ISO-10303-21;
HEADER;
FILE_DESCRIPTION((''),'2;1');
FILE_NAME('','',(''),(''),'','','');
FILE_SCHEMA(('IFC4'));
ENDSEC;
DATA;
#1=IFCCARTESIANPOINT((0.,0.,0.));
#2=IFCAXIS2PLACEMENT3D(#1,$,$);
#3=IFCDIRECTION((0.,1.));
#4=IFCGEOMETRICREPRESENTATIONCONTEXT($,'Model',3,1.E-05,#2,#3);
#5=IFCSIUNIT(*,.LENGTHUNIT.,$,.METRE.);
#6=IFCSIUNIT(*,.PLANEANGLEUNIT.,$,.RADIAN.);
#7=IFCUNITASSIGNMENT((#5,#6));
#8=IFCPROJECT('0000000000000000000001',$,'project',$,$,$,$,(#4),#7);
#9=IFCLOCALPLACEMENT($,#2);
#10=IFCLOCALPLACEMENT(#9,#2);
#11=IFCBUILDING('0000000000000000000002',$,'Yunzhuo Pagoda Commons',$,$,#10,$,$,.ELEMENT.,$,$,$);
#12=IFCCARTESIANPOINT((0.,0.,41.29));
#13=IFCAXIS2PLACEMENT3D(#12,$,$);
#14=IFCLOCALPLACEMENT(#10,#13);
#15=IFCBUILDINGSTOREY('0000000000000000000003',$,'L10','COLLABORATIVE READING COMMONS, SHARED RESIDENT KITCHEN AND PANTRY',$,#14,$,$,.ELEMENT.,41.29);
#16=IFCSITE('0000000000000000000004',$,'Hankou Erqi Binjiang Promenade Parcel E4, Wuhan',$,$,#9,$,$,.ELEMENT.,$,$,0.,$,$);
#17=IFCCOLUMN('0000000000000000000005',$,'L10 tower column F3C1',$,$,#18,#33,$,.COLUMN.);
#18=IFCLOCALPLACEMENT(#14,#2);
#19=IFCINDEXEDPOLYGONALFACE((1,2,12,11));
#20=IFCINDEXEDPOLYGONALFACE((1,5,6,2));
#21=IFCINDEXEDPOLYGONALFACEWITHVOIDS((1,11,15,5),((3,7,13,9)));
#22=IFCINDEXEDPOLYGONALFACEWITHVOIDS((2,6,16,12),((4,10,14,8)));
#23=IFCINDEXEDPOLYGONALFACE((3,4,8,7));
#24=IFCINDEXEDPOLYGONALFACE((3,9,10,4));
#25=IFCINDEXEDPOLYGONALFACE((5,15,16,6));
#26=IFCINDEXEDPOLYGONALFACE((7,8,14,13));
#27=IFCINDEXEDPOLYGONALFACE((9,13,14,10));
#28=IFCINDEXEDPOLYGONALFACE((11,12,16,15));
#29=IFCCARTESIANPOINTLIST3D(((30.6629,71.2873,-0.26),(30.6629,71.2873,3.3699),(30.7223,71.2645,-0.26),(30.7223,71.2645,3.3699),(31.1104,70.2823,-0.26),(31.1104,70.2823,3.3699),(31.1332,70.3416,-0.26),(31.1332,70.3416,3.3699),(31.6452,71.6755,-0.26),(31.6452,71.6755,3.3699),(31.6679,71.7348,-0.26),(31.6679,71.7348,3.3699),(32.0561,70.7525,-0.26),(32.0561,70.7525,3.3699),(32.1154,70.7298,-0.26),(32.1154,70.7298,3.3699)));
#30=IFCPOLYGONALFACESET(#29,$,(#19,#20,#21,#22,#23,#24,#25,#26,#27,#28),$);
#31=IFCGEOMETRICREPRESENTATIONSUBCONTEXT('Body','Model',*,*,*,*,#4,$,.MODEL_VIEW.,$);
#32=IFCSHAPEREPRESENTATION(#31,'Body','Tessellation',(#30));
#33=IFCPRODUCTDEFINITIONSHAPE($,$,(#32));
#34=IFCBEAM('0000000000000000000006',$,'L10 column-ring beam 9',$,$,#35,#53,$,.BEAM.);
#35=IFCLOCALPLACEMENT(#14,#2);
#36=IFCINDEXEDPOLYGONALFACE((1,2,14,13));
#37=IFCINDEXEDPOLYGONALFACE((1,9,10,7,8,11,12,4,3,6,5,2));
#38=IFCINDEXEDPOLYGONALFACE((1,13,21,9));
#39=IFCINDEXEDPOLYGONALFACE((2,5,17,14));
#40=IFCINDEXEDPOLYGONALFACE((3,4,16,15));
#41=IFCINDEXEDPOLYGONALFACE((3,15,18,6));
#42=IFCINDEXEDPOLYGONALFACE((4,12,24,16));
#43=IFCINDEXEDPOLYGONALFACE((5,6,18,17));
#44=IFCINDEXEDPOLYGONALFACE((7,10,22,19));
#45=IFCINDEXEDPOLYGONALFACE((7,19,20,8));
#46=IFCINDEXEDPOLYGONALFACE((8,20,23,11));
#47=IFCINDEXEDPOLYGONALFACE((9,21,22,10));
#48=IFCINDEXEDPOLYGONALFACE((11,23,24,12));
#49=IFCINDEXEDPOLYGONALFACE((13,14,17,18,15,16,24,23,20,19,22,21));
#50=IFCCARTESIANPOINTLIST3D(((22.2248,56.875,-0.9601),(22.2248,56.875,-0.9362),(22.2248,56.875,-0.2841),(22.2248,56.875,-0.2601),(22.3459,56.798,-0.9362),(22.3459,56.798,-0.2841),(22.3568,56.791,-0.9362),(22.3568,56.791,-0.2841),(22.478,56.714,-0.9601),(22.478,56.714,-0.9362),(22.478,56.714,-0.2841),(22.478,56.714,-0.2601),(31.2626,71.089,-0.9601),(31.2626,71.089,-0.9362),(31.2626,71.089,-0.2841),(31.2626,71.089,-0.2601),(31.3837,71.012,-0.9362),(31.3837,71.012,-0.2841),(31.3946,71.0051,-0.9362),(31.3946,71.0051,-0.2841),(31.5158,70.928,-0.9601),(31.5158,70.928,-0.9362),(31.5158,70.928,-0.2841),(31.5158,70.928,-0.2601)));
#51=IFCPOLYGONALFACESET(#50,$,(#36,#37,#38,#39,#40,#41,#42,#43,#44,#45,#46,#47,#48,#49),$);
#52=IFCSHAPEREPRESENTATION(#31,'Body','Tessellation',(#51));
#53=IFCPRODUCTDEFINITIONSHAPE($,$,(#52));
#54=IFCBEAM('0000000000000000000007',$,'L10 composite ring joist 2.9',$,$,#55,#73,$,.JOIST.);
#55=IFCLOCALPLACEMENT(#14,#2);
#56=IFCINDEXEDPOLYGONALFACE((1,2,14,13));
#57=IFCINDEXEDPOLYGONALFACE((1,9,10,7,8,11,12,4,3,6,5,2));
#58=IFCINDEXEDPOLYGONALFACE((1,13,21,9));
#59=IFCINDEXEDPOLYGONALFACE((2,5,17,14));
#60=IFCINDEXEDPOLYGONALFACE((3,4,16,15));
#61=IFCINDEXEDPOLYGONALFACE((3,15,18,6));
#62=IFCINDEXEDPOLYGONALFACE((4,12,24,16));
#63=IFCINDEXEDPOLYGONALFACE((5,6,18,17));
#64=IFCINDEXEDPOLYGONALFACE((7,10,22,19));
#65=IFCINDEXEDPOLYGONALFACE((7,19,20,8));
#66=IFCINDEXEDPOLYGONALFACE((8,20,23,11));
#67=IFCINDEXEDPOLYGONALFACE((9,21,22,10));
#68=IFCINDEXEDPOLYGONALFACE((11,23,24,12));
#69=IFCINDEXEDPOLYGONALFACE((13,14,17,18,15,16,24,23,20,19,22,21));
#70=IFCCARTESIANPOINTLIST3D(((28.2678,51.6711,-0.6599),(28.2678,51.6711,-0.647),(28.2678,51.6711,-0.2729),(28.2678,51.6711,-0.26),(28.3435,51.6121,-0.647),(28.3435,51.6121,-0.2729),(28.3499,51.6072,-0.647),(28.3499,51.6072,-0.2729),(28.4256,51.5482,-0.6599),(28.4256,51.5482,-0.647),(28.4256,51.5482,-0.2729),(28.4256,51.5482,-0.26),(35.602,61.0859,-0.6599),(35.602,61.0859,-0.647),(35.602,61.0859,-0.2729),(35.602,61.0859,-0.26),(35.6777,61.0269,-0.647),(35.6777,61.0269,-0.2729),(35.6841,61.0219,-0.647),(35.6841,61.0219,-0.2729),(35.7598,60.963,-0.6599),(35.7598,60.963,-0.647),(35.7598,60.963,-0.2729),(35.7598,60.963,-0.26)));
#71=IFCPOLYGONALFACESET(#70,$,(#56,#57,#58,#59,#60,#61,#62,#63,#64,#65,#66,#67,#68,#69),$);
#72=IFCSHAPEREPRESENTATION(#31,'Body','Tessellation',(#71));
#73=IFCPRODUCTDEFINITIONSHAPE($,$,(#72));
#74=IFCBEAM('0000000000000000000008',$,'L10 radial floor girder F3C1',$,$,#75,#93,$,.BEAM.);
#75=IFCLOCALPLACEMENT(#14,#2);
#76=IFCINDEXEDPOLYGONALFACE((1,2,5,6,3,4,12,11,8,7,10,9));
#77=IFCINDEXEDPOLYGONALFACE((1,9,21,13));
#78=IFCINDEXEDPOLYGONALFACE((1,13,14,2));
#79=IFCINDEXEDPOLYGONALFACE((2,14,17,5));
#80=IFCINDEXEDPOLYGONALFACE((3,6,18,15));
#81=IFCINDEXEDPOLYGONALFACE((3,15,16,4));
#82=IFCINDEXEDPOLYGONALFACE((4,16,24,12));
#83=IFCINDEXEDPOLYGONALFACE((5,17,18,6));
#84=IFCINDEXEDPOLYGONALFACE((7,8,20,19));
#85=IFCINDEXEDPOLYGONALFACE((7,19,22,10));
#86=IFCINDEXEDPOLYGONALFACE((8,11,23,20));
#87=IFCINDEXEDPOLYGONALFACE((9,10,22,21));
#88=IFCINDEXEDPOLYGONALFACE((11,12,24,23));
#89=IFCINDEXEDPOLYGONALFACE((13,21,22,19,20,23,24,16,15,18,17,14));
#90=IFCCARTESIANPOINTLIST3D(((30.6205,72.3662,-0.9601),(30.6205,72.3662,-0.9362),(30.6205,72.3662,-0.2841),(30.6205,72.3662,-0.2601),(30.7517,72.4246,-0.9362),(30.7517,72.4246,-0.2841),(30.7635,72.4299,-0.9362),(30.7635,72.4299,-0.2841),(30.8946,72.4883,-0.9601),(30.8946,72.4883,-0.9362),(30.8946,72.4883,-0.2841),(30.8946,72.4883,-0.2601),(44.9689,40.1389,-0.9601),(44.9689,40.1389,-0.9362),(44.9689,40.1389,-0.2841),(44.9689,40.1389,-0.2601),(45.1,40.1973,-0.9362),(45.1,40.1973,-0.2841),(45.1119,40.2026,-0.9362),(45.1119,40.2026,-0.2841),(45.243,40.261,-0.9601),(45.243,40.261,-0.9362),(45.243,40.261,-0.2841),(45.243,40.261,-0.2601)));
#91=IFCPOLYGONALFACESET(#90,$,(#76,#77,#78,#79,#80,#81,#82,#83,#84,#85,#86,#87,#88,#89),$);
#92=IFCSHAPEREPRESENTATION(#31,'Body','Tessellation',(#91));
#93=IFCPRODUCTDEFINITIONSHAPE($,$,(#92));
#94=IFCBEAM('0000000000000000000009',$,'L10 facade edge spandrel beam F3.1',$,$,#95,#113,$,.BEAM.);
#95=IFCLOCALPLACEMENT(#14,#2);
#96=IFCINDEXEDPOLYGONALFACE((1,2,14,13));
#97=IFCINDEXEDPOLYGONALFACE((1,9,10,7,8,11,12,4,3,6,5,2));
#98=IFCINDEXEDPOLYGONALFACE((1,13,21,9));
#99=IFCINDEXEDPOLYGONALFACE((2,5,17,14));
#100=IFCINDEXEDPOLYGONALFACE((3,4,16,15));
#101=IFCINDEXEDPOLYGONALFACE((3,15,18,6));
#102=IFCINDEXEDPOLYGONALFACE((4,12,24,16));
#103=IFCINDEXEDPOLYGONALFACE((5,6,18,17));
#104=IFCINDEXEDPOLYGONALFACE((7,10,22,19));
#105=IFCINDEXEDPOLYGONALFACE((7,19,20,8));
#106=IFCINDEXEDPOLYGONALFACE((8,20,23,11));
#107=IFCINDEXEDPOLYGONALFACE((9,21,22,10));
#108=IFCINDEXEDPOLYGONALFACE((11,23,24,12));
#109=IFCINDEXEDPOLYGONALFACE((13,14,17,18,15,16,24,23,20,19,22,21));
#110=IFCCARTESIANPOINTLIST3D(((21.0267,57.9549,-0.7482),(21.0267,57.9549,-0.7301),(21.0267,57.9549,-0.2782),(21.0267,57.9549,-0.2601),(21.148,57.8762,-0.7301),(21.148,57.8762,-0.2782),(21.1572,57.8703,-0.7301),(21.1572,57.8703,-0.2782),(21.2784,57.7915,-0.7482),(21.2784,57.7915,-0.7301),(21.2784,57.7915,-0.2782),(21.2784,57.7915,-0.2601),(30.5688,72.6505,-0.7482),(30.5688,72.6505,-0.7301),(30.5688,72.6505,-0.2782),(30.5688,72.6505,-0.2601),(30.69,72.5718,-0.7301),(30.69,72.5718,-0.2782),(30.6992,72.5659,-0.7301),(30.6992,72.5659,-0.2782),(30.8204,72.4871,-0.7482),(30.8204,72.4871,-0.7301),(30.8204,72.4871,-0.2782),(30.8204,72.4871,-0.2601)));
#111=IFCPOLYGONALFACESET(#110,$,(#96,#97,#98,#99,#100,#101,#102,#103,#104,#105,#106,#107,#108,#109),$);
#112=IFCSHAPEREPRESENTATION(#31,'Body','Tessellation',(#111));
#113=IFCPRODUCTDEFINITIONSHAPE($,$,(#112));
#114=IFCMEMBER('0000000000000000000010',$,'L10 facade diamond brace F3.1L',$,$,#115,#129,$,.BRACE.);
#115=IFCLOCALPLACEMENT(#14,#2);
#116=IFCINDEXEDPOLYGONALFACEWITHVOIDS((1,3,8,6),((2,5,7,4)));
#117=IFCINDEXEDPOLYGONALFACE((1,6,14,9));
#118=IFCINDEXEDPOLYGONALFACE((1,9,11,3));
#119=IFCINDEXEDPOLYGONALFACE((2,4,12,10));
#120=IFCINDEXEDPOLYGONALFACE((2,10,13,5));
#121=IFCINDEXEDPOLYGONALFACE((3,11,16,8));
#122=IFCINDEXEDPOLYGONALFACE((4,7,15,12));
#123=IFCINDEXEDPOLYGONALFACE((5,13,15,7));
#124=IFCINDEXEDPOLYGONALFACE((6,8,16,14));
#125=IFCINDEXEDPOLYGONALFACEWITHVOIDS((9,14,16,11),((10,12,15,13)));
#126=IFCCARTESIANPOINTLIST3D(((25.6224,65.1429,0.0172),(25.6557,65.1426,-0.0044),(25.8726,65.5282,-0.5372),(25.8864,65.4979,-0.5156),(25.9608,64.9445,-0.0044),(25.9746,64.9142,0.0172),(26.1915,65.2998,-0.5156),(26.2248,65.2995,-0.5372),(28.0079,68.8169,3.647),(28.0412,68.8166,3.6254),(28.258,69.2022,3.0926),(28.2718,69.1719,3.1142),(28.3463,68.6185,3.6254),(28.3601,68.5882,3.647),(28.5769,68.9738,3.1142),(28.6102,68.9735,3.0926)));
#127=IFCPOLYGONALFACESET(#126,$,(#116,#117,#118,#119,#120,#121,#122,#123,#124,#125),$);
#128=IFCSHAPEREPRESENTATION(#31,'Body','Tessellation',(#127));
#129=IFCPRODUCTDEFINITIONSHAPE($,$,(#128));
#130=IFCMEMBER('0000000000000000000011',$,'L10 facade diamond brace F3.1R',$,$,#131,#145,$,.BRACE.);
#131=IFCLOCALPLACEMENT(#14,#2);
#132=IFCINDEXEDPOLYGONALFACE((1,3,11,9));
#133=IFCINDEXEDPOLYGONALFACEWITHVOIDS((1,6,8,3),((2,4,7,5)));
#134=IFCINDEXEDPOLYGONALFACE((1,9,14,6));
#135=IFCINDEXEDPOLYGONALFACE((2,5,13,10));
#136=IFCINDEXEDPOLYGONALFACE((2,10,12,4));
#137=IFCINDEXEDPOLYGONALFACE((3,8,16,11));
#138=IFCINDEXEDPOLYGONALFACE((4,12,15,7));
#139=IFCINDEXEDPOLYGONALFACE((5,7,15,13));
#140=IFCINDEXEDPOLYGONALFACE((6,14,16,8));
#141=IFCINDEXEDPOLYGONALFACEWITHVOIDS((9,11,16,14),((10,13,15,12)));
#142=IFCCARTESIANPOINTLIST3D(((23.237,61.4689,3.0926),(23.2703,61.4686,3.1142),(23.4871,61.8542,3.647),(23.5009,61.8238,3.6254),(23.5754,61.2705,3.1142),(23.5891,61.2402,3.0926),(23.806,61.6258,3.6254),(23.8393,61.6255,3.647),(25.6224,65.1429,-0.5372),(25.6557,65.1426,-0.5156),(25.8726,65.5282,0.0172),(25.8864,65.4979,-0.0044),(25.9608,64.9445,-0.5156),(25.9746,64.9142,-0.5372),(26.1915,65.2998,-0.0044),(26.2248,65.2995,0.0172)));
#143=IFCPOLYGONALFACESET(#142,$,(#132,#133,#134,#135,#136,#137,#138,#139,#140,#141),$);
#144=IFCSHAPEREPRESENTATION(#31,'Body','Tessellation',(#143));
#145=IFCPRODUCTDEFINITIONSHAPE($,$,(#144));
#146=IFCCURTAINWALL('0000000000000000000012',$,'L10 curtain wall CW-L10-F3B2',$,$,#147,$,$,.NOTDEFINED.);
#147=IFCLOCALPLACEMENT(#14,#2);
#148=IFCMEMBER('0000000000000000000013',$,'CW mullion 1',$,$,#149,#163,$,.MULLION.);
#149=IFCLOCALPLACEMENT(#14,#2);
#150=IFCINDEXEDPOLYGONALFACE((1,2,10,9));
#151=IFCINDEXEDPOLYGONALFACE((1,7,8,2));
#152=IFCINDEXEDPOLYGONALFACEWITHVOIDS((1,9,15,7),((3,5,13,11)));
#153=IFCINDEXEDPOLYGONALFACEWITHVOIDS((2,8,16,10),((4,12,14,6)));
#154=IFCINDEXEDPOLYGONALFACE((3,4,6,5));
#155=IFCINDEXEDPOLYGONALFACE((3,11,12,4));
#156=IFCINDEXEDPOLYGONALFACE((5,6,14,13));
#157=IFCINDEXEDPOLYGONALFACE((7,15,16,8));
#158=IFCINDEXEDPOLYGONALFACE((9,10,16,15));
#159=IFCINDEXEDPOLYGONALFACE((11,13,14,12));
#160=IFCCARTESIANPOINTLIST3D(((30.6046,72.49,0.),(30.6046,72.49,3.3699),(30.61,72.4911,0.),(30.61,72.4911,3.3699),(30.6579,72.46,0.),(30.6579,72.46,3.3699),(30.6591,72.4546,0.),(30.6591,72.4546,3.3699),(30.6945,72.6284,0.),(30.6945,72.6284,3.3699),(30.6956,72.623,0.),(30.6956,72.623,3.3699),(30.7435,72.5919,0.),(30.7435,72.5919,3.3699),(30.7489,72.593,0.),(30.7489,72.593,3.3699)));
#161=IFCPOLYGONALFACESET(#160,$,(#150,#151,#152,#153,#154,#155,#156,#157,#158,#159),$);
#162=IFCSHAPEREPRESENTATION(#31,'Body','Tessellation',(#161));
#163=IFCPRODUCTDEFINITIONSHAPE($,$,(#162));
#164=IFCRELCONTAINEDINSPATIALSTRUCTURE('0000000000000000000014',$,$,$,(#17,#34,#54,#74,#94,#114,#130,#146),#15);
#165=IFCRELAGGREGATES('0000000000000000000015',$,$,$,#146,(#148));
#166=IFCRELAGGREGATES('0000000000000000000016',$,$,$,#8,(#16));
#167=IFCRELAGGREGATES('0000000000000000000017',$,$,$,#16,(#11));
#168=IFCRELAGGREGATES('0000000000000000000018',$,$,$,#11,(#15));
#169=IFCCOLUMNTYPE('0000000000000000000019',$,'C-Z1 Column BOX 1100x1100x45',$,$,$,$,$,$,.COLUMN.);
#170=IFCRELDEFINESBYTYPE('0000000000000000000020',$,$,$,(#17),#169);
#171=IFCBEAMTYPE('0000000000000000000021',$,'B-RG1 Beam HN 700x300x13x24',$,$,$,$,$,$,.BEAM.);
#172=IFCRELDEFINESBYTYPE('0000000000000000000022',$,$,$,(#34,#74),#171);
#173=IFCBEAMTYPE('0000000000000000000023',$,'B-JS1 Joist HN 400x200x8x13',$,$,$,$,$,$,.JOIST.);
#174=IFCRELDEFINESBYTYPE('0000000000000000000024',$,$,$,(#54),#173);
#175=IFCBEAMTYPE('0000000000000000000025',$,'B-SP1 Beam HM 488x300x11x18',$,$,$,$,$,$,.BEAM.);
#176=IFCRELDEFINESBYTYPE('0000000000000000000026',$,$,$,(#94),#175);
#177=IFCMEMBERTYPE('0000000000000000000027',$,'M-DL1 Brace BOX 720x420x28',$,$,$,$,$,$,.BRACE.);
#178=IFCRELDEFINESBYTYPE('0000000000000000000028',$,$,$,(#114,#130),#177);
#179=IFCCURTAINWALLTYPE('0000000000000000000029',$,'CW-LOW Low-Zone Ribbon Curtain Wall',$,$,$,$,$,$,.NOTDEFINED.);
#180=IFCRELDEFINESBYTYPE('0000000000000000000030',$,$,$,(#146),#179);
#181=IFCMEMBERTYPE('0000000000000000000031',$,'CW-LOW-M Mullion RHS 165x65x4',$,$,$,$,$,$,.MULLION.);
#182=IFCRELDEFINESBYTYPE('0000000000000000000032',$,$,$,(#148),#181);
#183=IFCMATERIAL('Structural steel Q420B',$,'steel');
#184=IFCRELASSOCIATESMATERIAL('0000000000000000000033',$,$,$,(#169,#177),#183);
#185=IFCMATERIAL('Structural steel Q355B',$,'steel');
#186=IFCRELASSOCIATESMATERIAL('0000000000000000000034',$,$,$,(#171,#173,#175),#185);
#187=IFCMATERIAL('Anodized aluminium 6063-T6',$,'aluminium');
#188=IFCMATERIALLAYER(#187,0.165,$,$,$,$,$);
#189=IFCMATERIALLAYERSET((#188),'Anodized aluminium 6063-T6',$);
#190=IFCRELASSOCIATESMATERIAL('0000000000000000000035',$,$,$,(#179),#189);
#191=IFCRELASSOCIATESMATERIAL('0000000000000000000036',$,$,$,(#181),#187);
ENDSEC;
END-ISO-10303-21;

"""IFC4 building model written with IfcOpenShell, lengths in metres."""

from ifc_helpers import new_model, si_unit, direction, frame, origin, origin_2d, place, context, subcontext, project, spatial, hollow_rectangle, i_section, extrude, source, transform, mapped, material, layer, layer_set, material_profile, profile_set, type_object, element, aggregate, save


model = new_model("IFC4")

# Units and contexts
model_context = context("Model", 3, precision=1e-05, world=origin(), true_north=direction((0.0, 1.0)))
body_context = subcontext(model_context, "Body", "Model", "MODEL_VIEW")
ifc_project = project(units=[si_unit("LENGTHUNIT", "METRE"), si_unit("PLANEANGLEUNIT", "RADIAN")], contexts=[model_context])

# Site, building, storey
site_placement = place(None, origin())
site = spatial("IfcSite", under=ifc_project, at=site_placement, Name="Hankou Erqi Binjiang Promenade Parcel E4, Wuhan", CompositionType="ELEMENT", RefElevation=0.0)
building_placement = place(site_placement, origin())
building = spatial("IfcBuilding", under=site, at=building_placement, Name="Yunzhuo Pagoda Commons", CompositionType="ELEMENT")
storey_placement = place(building_placement, frame((0.0, 0.0, 41.29)))
storey = spatial("IfcBuildingStorey", under=building, at=storey_placement, Name="L10", Description="COLLABORATIVE READING COMMONS, SHARED RESIDENT KITCHEN AND PANTRY", CompositionType="ELEMENT", Elevation=41.29)

# Column
ifc_material_1 = material(Name="Structural steel Q420B", Category="steel")
ifc_material_profile_1 = material_profile(ifc_material_1, hollow_rectangle(XDim=1.1001, YDim=1.1001, WallThickness=0.0449, at=origin_2d()), Name="Structural steel Q420B")
ifc_profile_set_1 = profile_set([ifc_material_profile_1], Name="Structural steel Q420B")
column_type = type_object("IfcColumnType", Name="C-Z1 Column BOX 1100x1100x45", PredefinedType="COLUMN", material=ifc_profile_set_1)
shared_shape_1 = source(origin(), body_context, "Body", "SweptSolid", [
    extrude(hollow_rectangle(XDim=1.1001, YDim=1.1001, WallThickness=0.0449, at=origin_2d()), origin(), (0.0, 0.0, 1.0), 3.6299),
])
column_placement = place(storey_placement, frame((31.3892, 71.0085, -0.26), z_axis=(0.0, 0.0, 1.0), x_axis=(-0.913545, -0.406737, 0.0)))
element("IfcColumn", 1, at=column_placement, inside=storey, type_object=column_type, Name="L10 tower column F3C1", PredefinedType="COLUMN", context=body_context, shape_type="MappedRepresentation", body=[
    mapped(shared_shape_1, transform((0.0, 0.0, 0.0), scale=1.0)),
])

# Beams
ifc_material_2 = material(Name="Structural steel Q355B", Category="steel")
ifc_material_profile_2 = material_profile(ifc_material_2, i_section(OverallWidth=0.3, OverallDepth=0.7, WebThickness=0.0129, FlangeThickness=0.0239, at=origin_2d()), Name="Structural steel Q355B")
ifc_profile_set_2 = profile_set([ifc_material_profile_2], Name="Structural steel Q355B")
beam_type_1 = type_object("IfcBeamType", Name="B-RG1 Beam HN 700x300x13x24", PredefinedType="BEAM", material=ifc_profile_set_2)
shared_shape_2 = source(origin(), body_context, "Body", "SweptSolid", [
    extrude(i_section(OverallWidth=0.3, OverallDepth=0.7, WebThickness=0.0129, FlangeThickness=0.0239, at=origin_2d()), origin(), (0.0, 0.0, 1.0), 16.844),
])
beam_1_placement = place(storey_placement, frame((31.3892, 71.0085, -0.6101), z_axis=(-0.536558, -0.843863, 0.0), x_axis=(0.843863, -0.536558, 0.0)))
element("IfcBeam", 2, at=beam_1_placement, inside=storey, type_object=beam_type_1, Name="L10 column-ring beam 9", PredefinedType="BEAM", context=body_context, shape_type="MappedRepresentation", body=[
    mapped(shared_shape_2, transform((0.0, 0.0, 0.0), scale=1.0)),
])
ifc_material_profile_3 = material_profile(ifc_material_2, i_section(OverallWidth=0.2, OverallDepth=0.3999, WebThickness=0.0081, FlangeThickness=0.0129, at=origin_2d()), Name="Structural steel Q355B")
ifc_profile_set_3 = profile_set([ifc_material_profile_3], Name="Structural steel Q355B")
beam_type_2 = type_object("IfcBeamType", Name="B-JS1 Joist HN 400x200x8x13", PredefinedType="JOIST", material=ifc_profile_set_3)
shared_shape_3 = source(origin(), body_context, "Body", "SweptSolid", [
    extrude(i_section(OverallWidth=0.2, OverallDepth=0.3999, WebThickness=0.0081, FlangeThickness=0.0129, at=origin_2d()), origin(), (0.0, 0.0, 1.0), 11.9343),
])
beam_2_placement = place(storey_placement, frame((35.6809, 61.0244, -0.46), z_axis=(-0.614547, -0.788881, 0.0), x_axis=(0.788881, -0.614547, 0.0)))
element("IfcBeam", 3, at=beam_2_placement, inside=storey, type_object=beam_type_2, Name="L10 composite ring joist 2.9", PredefinedType="JOIST", context=body_context, shape_type="MappedRepresentation", body=[
    mapped(shared_shape_3, transform((0.0, 0.0, 0.0), scale=1.0)),
])
shared_shape_4 = source(origin(), body_context, "Body", "SweptSolid", [
    extrude(i_section(OverallWidth=0.3, OverallDepth=0.7, WebThickness=0.0129, FlangeThickness=0.0239, at=origin_2d()), origin(), (0.0, 0.0, 1.0), 35.2771),
])
beam_3_placement = place(storey_placement, frame((30.7576, 72.4272, -0.6101), z_axis=(0.406734, -0.913547, 0.0), x_axis=(0.913547, 0.406734, 0.0)))
element("IfcBeam", 4, at=beam_3_placement, inside=storey, type_object=beam_type_1, Name="L10 radial floor girder F3C1", PredefinedType="BEAM", context=body_context, shape_type="MappedRepresentation", body=[
    mapped(shared_shape_4, transform((0.0, 0.0, 0.0), scale=1.0)),
])
ifc_material_profile_4 = material_profile(ifc_material_2, i_section(OverallWidth=0.3, OverallDepth=0.488, WebThickness=0.011, FlangeThickness=0.0181, at=origin_2d()), Name="Structural steel Q355B")
ifc_profile_set_4 = profile_set([ifc_material_profile_4], Name="Structural steel Q355B")
beam_type_3 = type_object("IfcBeamType", Name="B-SP1 Beam HM 488x300x11x18", PredefinedType="BEAM", material=ifc_profile_set_4)
shared_shape_5 = source(origin(), body_context, "Body", "SweptSolid", [
    extrude(i_section(OverallWidth=0.3, OverallDepth=0.488, WebThickness=0.011, FlangeThickness=0.0181, at=origin_2d()), origin(), (0.0, 0.0, 1.0), 17.5217),
])
beam_4_placement = place(storey_placement, frame((30.6946, 72.5688, -0.5042), z_axis=(-0.544582, -0.838707, 0.0), x_axis=(0.838707, -0.544582, 0.0)))
element("IfcBeam", 5, at=beam_4_placement, inside=storey, type_object=beam_type_3, Name="L10 facade edge spandrel beam F3.1", PredefinedType="BEAM", context=body_context, shape_type="MappedRepresentation", body=[
    mapped(shared_shape_5, transform((0.0, 0.0, 0.0), scale=1.0)),
])

# Members
ifc_material_profile_5 = material_profile(ifc_material_1, hollow_rectangle(XDim=0.4199, YDim=0.72, WallThickness=0.0281, at=origin_2d()), Name="Structural steel Q420B")
ifc_profile_set_5 = profile_set([ifc_material_profile_5], Name="Structural steel Q420B")
member_type_1 = type_object("IfcMemberType", Name="M-DL1 Brace BOX 720x420x28", PredefinedType="BRACE", material=ifc_profile_set_5)
shared_shape_6 = source(origin(), body_context, "Body", "SweptSolid", [
    extrude(hollow_rectangle(XDim=0.4199, YDim=0.72, WallThickness=0.0281, at=origin_2d()), origin(), (0.0, 0.0, 1.0), 5.689),
])
for number, where, z_axis, x_axis, name in (
    (6, (25.9236, 65.2212, -0.26), (0.419313, 0.645813, 0.638046), (-0.83872, 0.544563, 0.0), "L10 facade diamond brace F3.1L"),
    (7, (25.9236, 65.2212, -0.26), (-0.419313, -0.645813, 0.638046), (0.83872, -0.544563, 0.0), "L10 facade diamond brace F3.1R"),
):
    element("IfcMember", number, at=place(storey_placement, frame(where, z_axis=z_axis, x_axis=x_axis)), inside=storey, type_object=member_type_1, Name=name, PredefinedType="BRACE", context=body_context, shape_type="MappedRepresentation", body=[
        mapped(shared_shape_6, transform((0.0, 0.0, 0.0), scale=1.0)),
    ])

# Curtain wall, member
ifc_material_3 = material(Name="Anodized aluminium 6063-T6", Category="aluminium")
ifc_layer_1 = layer(ifc_material_3, 0.165)
ifc_layer_set_1 = layer_set([ifc_layer_1], Name="Anodized aluminium 6063-T6")
curtain_wall_type = type_object("IfcCurtainWallType", Name="CW-LOW Low-Zone Ribbon Curtain Wall", PredefinedType="NOTDEFINED", material=ifc_layer_set_1)
curtain_wall_1_placement = place(storey_placement, origin())
curtain_wall_1 = element("IfcCurtainWall", 8, at=curtain_wall_1_placement, inside=storey, type_object=curtain_wall_type, Name="L10 curtain wall CW-L10-F3B2", PredefinedType="NOTDEFINED")
ifc_material_profile_6 = material_profile(ifc_material_3, hollow_rectangle(XDim=0.0649, YDim=0.165, WallThickness=0.0039, at=origin_2d()), Name="Anodized aluminium 6063-T6")
ifc_profile_set_6 = profile_set([ifc_material_profile_6], Name="Anodized aluminium 6063-T6")
member_type_2 = type_object("IfcMemberType", Name="CW-LOW-M Mullion RHS 165x65x4", PredefinedType="MULLION", material=ifc_profile_set_6)
shared_shape_7 = source(origin(), body_context, "Body", "SweptSolid", [
    extrude(hollow_rectangle(XDim=0.0649, YDim=0.165, WallThickness=0.0039, at=origin_2d()), origin(), (0.0, 0.0, 1.0), 3.3699),
])
member_1_placement = place(storey_placement, frame((30.6768, 72.5415, 0.0), z_axis=(0.0, 0.0, 1.0), x_axis=(0.83871, -0.544579, 0.0)))
member_1 = element("IfcMember", 9, at=member_1_placement, type_object=member_type_2, Name="CW mullion 1", PredefinedType="MULLION", context=body_context, shape_type="MappedRepresentation", body=[
    mapped(shared_shape_7, transform((0.0, 0.0, 0.0), scale=1.0)),
])

aggregate(curtain_wall_1, [member_1])

save(model, "model.ifc")
